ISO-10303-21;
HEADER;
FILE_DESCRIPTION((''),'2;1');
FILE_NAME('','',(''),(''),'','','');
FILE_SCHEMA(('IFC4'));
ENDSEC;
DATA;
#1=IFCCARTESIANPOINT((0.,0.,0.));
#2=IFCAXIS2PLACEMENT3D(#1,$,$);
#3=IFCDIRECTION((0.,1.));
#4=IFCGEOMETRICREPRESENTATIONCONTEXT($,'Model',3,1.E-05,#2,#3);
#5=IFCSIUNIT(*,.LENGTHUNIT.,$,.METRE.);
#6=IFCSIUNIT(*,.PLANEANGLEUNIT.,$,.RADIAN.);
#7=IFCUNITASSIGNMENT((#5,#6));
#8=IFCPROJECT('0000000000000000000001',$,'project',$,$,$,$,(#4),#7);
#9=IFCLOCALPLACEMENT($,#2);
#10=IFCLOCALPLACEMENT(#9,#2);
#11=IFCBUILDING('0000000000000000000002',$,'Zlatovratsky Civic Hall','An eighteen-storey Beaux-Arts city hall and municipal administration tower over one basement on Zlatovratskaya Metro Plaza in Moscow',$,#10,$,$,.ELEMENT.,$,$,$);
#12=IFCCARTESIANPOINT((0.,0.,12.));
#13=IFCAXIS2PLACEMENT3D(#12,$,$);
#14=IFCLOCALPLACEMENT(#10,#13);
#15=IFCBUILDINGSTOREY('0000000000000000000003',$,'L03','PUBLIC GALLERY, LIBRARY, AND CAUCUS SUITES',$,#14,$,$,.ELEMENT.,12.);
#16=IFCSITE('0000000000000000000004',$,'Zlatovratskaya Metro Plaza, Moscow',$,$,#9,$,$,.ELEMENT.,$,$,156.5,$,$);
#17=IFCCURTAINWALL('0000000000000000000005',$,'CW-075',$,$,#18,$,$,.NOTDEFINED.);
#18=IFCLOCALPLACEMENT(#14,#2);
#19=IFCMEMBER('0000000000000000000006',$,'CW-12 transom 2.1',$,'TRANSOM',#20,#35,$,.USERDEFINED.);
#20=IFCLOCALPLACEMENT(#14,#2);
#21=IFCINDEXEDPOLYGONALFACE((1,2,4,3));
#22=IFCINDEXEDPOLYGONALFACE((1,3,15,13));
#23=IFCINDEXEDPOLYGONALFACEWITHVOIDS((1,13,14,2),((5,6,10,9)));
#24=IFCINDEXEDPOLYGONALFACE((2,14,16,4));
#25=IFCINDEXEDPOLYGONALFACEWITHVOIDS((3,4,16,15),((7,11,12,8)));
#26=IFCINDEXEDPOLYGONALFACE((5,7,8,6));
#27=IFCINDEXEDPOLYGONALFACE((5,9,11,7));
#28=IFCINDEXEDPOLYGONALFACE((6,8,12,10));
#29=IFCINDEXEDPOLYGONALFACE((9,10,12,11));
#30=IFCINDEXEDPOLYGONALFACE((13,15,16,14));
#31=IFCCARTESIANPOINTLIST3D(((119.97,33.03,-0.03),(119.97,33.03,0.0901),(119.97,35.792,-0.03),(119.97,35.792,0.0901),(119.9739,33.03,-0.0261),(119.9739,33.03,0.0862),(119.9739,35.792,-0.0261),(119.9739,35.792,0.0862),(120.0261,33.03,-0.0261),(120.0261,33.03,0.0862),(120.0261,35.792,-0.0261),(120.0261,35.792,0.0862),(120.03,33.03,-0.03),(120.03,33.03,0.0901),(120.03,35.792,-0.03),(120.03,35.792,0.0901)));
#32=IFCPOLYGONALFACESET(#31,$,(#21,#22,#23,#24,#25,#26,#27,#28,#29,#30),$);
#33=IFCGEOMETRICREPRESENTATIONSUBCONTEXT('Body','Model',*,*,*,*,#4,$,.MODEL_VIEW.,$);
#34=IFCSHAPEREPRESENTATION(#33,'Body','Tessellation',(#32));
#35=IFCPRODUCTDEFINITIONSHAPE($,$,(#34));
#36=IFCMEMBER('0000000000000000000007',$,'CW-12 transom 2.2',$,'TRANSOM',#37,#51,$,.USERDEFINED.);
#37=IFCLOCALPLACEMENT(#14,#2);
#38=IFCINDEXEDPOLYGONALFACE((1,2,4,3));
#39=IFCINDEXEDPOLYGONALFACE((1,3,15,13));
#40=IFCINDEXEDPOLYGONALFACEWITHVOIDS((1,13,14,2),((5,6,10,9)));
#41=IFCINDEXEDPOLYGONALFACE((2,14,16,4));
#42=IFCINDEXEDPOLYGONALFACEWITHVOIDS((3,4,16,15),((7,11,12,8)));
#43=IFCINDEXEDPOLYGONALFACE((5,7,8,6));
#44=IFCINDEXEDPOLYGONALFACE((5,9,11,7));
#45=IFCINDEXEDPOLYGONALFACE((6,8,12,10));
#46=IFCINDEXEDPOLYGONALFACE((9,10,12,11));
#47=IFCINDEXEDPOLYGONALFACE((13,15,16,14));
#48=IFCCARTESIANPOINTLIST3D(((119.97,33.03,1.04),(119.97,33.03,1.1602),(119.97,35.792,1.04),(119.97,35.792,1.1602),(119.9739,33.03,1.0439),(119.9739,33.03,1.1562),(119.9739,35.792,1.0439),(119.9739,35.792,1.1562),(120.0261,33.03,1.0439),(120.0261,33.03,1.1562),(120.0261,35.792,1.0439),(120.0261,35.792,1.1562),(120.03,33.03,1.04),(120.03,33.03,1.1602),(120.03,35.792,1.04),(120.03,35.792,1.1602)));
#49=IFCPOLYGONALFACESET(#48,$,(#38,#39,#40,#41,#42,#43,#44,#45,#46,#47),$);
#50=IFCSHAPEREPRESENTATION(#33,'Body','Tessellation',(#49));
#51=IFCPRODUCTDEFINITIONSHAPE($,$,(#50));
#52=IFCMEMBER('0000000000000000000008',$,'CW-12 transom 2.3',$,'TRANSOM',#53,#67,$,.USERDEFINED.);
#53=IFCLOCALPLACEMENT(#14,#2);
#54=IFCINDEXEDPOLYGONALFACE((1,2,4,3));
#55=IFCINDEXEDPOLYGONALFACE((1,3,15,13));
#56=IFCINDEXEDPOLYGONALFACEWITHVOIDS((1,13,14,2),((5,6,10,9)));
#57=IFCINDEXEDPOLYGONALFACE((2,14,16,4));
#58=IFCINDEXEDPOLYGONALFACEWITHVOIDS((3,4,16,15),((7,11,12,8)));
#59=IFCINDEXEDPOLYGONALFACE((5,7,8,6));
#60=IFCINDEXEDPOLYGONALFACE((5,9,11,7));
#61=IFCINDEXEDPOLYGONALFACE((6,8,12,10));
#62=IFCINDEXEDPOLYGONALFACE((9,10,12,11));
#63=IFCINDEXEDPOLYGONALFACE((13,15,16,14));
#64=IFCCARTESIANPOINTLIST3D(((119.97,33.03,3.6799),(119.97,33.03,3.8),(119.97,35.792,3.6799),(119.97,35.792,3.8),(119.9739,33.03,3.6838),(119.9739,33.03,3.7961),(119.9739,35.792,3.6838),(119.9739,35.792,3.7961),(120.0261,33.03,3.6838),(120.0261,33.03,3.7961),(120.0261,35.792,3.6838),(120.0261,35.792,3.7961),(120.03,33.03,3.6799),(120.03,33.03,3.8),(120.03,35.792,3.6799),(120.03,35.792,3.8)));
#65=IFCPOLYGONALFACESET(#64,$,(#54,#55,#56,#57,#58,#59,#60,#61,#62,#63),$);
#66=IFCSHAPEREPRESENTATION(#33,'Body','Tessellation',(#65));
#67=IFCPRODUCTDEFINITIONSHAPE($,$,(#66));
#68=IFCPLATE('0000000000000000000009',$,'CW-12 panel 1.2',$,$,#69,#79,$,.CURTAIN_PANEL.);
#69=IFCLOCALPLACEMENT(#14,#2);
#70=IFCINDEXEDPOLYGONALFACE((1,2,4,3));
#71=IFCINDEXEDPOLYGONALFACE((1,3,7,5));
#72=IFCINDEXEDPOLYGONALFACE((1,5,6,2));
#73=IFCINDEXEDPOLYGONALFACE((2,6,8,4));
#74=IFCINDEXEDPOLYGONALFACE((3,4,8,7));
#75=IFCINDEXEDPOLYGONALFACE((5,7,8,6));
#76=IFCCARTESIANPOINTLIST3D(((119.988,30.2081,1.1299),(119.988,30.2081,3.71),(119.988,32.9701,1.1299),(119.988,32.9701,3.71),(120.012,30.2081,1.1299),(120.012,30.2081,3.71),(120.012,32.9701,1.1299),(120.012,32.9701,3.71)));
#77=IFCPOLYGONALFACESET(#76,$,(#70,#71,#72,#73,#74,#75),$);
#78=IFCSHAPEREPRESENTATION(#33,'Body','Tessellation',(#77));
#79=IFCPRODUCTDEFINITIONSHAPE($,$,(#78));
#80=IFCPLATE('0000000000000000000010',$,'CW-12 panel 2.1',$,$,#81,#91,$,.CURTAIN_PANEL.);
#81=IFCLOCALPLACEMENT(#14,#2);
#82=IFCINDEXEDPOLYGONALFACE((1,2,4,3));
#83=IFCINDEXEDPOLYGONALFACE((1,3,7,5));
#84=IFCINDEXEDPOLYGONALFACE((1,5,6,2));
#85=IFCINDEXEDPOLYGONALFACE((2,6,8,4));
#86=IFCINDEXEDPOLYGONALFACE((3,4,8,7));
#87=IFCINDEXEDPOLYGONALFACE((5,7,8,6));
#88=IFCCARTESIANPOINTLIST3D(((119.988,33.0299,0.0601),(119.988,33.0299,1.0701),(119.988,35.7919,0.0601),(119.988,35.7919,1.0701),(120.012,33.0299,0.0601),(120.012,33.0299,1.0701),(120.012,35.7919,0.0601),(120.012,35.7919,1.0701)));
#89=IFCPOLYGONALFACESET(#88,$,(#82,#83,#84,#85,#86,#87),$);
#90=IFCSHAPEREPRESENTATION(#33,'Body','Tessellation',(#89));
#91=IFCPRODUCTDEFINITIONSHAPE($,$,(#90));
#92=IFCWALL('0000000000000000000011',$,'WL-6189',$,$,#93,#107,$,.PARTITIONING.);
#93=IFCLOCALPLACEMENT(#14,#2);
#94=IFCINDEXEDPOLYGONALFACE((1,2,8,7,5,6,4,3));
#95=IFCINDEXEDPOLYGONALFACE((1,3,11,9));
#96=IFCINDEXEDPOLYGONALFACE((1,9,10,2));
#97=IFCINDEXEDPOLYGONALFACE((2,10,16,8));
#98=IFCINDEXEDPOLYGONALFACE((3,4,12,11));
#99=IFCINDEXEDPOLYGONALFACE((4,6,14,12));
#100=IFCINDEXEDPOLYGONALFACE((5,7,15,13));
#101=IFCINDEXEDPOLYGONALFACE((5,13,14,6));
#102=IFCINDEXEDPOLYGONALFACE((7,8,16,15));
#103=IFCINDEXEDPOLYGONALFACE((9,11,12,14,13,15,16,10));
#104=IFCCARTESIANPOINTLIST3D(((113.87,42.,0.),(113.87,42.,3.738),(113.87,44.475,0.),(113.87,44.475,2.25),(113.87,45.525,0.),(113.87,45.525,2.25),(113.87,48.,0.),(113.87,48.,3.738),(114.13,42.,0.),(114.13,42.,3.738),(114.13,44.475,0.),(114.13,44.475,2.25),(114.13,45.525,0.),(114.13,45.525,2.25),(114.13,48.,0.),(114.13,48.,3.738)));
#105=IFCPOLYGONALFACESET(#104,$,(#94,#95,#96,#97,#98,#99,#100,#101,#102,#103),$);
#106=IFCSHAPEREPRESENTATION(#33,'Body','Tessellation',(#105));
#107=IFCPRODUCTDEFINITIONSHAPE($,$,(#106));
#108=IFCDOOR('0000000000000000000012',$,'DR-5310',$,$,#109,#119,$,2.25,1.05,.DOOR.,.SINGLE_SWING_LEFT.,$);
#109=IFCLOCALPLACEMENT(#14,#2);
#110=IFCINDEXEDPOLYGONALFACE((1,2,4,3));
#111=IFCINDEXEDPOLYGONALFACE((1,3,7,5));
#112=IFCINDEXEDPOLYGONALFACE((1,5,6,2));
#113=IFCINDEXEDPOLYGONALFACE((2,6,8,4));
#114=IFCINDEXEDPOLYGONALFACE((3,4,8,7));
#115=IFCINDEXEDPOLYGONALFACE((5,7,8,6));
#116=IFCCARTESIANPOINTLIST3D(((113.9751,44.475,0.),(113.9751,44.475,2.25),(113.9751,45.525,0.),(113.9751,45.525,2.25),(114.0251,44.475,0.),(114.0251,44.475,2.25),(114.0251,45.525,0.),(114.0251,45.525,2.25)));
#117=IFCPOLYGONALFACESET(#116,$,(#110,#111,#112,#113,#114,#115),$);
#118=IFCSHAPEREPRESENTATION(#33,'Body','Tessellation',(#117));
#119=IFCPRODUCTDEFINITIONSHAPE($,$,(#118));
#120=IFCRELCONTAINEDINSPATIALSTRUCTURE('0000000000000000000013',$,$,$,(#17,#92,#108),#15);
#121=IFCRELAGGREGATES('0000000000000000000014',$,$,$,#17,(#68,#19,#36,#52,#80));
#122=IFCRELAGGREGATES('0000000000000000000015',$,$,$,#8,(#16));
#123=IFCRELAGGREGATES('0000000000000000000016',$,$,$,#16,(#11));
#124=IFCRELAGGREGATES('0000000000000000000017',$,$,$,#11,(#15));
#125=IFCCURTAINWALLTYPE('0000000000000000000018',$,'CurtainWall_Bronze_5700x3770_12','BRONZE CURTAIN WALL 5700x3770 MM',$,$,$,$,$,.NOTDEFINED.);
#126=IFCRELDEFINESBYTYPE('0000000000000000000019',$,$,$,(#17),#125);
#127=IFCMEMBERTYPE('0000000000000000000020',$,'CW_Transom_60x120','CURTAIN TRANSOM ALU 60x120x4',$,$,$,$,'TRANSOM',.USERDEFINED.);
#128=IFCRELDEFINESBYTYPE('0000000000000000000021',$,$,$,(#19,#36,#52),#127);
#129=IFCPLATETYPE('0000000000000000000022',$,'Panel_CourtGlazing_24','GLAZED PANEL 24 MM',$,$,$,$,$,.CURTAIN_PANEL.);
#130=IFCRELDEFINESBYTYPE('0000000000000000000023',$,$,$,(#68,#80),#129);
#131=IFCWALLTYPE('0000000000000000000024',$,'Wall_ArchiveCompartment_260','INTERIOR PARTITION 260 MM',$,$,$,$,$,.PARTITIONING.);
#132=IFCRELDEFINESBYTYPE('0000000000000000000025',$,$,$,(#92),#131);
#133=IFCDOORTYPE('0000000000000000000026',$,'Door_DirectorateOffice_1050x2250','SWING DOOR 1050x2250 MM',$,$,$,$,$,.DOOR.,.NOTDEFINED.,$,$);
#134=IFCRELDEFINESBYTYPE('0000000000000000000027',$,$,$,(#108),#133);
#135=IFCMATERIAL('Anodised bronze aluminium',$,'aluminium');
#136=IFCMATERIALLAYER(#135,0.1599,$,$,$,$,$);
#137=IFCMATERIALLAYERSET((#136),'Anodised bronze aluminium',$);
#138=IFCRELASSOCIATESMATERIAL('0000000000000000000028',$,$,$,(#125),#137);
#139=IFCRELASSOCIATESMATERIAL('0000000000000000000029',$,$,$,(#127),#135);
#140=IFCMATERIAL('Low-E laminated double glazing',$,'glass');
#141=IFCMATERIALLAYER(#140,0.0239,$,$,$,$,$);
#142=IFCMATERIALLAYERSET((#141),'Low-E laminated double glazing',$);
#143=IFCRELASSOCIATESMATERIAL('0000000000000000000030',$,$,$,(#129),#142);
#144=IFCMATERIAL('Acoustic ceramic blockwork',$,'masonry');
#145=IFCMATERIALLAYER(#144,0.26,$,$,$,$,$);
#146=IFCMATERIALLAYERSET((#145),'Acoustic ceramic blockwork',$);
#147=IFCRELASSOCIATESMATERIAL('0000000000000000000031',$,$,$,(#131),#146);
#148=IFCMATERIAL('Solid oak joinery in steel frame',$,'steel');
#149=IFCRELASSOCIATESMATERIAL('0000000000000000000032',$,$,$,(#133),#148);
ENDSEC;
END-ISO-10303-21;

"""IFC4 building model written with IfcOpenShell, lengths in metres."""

from ifc_helpers import new_model, si_unit, direction, frame, frame_2d, origin, origin_2d, place, context, subcontext, project, spatial, rectangle, hollow_rectangle, extrude, material, layer, layer_set, material_profile, profile_set, type_object, element, fill, aggregate, save


model = new_model("IFC4")

# Units and contexts
model_context = context("Model", 3, precision=1e-05, world=origin(), true_north=direction((0.0, 1.0)))
body_context = subcontext(model_context, "Body", "Model", "MODEL_VIEW")
ifc_project = project(units=[si_unit("LENGTHUNIT", "METRE"), si_unit("PLANEANGLEUNIT", "RADIAN")], contexts=[model_context])

# Site, building, storey
site_placement = place(None, origin())
site = spatial("IfcSite", under=ifc_project, at=site_placement, Name="Zlatovratskaya Metro Plaza, Moscow", CompositionType="ELEMENT", RefElevation=156.5)
building_placement = place(site_placement, origin())
building = spatial("IfcBuilding", under=site, at=building_placement, Name="Zlatovratsky Civic Hall", Description="An eighteen-storey Beaux-Arts city hall and municipal administration tower over one basement on Zlatovratskaya Metro Plaza in Moscow", CompositionType="ELEMENT")
storey_placement = place(building_placement, frame((0.0, 0.0, 12.0)))
storey = spatial("IfcBuildingStorey", under=building, at=storey_placement, Name="L03", Description="PUBLIC GALLERY, LIBRARY, AND CAUCUS SUITES", CompositionType="ELEMENT", Elevation=12.0)

# Curtain wall, members, plates
ifc_material_1 = material(Name="Anodised bronze aluminium", Category="aluminium")
ifc_layer_1 = layer(ifc_material_1, 0.1599)
ifc_layer_set_1 = layer_set([ifc_layer_1], Name="Anodised bronze aluminium")
curtain_wall_type = type_object("IfcCurtainWallType", Name="CurtainWall_Bronze_5700x3770_12", Description="BRONZE CURTAIN WALL 5700x3770 MM", PredefinedType="NOTDEFINED", material=ifc_layer_set_1)
curtain_wall_placement = place(storey_placement, origin())
curtain_wall = element("IfcCurtainWall", 1, at=curtain_wall_placement, inside=storey, type_object=curtain_wall_type, Name="CW-075", PredefinedType="NOTDEFINED")
ifc_material_profile_1 = material_profile(ifc_material_1, hollow_rectangle(XDim=0.0601, YDim=0.1201, WallThickness=0.0039, at=origin_2d()), Name="ALU 60x120x4")
ifc_profile_set_1 = profile_set([ifc_material_profile_1], Name="Anodised bronze aluminium")
member_type_1 = type_object("IfcMemberType", Name="CW_Transom_60x120", Description="CURTAIN TRANSOM ALU 60x120x4", ElementType="TRANSOM", PredefinedType="USERDEFINED", material=ifc_profile_set_1)
member_1_placement = place(storey_placement, frame((120.0, 33.03, 0.03), z_axis=(0.0, 1.0, 0.0), x_axis=(-1.0, 0.0, 0.0)))
member_1 = element("IfcMember", 2, at=member_1_placement, type_object=member_type_1, Name="CW-12 transom 2.1", ObjectType="TRANSOM", PredefinedType="USERDEFINED", context=body_context, shape_type="SweptSolid", body=[
    extrude(hollow_rectangle(XDim=0.0601, YDim=0.1201, WallThickness=0.0039, at=origin_2d()), origin(), (0.0, 0.0, 1.0), 2.762),
])
member_2_placement = place(storey_placement, frame((120.0, 33.03, 1.1001), z_axis=(0.0, 1.0, 0.0), x_axis=(-1.0, 0.0, 0.0)))
member_2 = element("IfcMember", 3, at=member_2_placement, type_object=member_type_1, Name="CW-12 transom 2.2", ObjectType="TRANSOM", PredefinedType="USERDEFINED", context=body_context, shape_type="SweptSolid", body=[
    extrude(hollow_rectangle(XDim=0.0601, YDim=0.1201, WallThickness=0.0039, at=origin_2d()), origin(), (0.0, 0.0, 1.0), 2.762),
])
member_3_placement = place(storey_placement, frame((120.0, 33.03, 3.74), z_axis=(0.0, 1.0, 0.0), x_axis=(-1.0, 0.0, 0.0)))
member_3 = element("IfcMember", 4, at=member_3_placement, type_object=member_type_1, Name="CW-12 transom 2.3", ObjectType="TRANSOM", PredefinedType="USERDEFINED", context=body_context, shape_type="SweptSolid", body=[
    extrude(hollow_rectangle(XDim=0.0601, YDim=0.1201, WallThickness=0.0039, at=origin_2d()), origin(), (0.0, 0.0, 1.0), 2.762),
])
ifc_material_2 = material(Name="Low-E laminated double glazing", Category="glass")
ifc_layer_2 = layer(ifc_material_2, 0.0239)
ifc_layer_set_2 = layer_set([ifc_layer_2], Name="Low-E laminated double glazing")
plate_type = type_object("IfcPlateType", Name="Panel_CourtGlazing_24", Description="GLAZED PANEL 24 MM", PredefinedType="CURTAIN_PANEL", material=ifc_layer_set_2)
plate_1_placement = place(storey_placement, frame((120.0, 31.5891, 1.1299), z_axis=(0.0, 0.0, 1.0), x_axis=(0.0, 1.0, 0.0)))
plate_1 = element("IfcPlate", 5, at=plate_1_placement, type_object=plate_type, Name="CW-12 panel 1.2", PredefinedType="CURTAIN_PANEL", context=body_context, shape_type="SweptSolid", body=[
    extrude(rectangle(XDim=2.762, YDim=0.0239, at=origin_2d()), origin(), (0.0, 0.0, 1.0), 2.5801),
])
plate_2_placement = place(storey_placement, frame((120.0, 34.4109, 0.0601), z_axis=(0.0, 0.0, 1.0), x_axis=(0.0, 1.0, 0.0)))
plate_2 = element("IfcPlate", 6, at=plate_2_placement, type_object=plate_type, Name="CW-12 panel 2.1", PredefinedType="CURTAIN_PANEL", context=body_context, shape_type="SweptSolid", body=[
    extrude(rectangle(XDim=2.762, YDim=0.0239, at=origin_2d()), origin(), (0.0, 0.0, 1.0), 1.01),
])
aggregate(curtain_wall, [plate_1, member_1, member_2, member_3, plate_2])

# Wall, opening, door
ifc_material_3 = material(Name="Acoustic ceramic blockwork", Category="masonry")
ifc_layer_3 = layer(ifc_material_3, 0.26)
ifc_layer_set_3 = layer_set([ifc_layer_3], Name="Acoustic ceramic blockwork")
wall_type = type_object("IfcWallType", Name="Wall_ArchiveCompartment_260", Description="INTERIOR PARTITION 260 MM", PredefinedType="PARTITIONING", material=ifc_layer_set_3)
wall_placement = place(storey_placement, frame((114.0, 42.0, 0.0), z_axis=(0.0, 0.0, 1.0), x_axis=(0.0, 1.0, 0.0)))
wall = element("IfcWall", 7, at=wall_placement, inside=storey, type_object=wall_type, Name="WL-6189", PredefinedType="PARTITIONING", context=body_context, shape_type="SweptSolid", body=[
    extrude(rectangle(XDim=6.0, YDim=0.26, at=frame_2d((3.0, 0.0))), origin(), (0.0, 0.0, 1.0), 3.738),
])
opening_placement = place(wall_placement, frame((2.4751, 0.0, 0.0)))
opening = element("IfcOpeningElement", 8, at=opening_placement, cuts=wall, PredefinedType="OPENING", context=body_context, shape_type="SweptSolid", body=[
    extrude(rectangle(XDim=1.05, YDim=2.25, at=frame_2d((0.5249, 1.125))), frame((0.0, 0.145, 0.0), z_axis=(0.0, -1.0, 0.0), x_axis=(1.0, 0.0, 0.0)), (0.0, 0.0, 1.0), 0.2898),
])
ifc_material_4 = material(Name="Solid oak joinery in steel frame", Category="steel")
door_type = type_object("IfcDoorType", Name="Door_DirectorateOffice_1050x2250", Description="SWING DOOR 1050x2250 MM", OperationType="NOTDEFINED", PredefinedType="DOOR", material=ifc_material_4)
door_placement = place(opening_placement, origin())
door = element("IfcDoor", 9, at=door_placement, inside=storey, type_object=door_type, Name="DR-5310", OperationType="SINGLE_SWING_LEFT", OverallHeight=2.25, OverallWidth=1.05, PredefinedType="DOOR", context=body_context, shape_type="SweptSolid", body=[
    extrude(rectangle(XDim=1.05, YDim=2.25, at=frame_2d((0.5249, 1.125))), frame((0.0, 0.0249, 0.0), z_axis=(0.0, -1.0, 0.0), x_axis=(1.0, 0.0, 0.0)), (0.0, 0.0, 1.0), 0.05),
])
fill(opening, door)

save(model, "model.ifc")
